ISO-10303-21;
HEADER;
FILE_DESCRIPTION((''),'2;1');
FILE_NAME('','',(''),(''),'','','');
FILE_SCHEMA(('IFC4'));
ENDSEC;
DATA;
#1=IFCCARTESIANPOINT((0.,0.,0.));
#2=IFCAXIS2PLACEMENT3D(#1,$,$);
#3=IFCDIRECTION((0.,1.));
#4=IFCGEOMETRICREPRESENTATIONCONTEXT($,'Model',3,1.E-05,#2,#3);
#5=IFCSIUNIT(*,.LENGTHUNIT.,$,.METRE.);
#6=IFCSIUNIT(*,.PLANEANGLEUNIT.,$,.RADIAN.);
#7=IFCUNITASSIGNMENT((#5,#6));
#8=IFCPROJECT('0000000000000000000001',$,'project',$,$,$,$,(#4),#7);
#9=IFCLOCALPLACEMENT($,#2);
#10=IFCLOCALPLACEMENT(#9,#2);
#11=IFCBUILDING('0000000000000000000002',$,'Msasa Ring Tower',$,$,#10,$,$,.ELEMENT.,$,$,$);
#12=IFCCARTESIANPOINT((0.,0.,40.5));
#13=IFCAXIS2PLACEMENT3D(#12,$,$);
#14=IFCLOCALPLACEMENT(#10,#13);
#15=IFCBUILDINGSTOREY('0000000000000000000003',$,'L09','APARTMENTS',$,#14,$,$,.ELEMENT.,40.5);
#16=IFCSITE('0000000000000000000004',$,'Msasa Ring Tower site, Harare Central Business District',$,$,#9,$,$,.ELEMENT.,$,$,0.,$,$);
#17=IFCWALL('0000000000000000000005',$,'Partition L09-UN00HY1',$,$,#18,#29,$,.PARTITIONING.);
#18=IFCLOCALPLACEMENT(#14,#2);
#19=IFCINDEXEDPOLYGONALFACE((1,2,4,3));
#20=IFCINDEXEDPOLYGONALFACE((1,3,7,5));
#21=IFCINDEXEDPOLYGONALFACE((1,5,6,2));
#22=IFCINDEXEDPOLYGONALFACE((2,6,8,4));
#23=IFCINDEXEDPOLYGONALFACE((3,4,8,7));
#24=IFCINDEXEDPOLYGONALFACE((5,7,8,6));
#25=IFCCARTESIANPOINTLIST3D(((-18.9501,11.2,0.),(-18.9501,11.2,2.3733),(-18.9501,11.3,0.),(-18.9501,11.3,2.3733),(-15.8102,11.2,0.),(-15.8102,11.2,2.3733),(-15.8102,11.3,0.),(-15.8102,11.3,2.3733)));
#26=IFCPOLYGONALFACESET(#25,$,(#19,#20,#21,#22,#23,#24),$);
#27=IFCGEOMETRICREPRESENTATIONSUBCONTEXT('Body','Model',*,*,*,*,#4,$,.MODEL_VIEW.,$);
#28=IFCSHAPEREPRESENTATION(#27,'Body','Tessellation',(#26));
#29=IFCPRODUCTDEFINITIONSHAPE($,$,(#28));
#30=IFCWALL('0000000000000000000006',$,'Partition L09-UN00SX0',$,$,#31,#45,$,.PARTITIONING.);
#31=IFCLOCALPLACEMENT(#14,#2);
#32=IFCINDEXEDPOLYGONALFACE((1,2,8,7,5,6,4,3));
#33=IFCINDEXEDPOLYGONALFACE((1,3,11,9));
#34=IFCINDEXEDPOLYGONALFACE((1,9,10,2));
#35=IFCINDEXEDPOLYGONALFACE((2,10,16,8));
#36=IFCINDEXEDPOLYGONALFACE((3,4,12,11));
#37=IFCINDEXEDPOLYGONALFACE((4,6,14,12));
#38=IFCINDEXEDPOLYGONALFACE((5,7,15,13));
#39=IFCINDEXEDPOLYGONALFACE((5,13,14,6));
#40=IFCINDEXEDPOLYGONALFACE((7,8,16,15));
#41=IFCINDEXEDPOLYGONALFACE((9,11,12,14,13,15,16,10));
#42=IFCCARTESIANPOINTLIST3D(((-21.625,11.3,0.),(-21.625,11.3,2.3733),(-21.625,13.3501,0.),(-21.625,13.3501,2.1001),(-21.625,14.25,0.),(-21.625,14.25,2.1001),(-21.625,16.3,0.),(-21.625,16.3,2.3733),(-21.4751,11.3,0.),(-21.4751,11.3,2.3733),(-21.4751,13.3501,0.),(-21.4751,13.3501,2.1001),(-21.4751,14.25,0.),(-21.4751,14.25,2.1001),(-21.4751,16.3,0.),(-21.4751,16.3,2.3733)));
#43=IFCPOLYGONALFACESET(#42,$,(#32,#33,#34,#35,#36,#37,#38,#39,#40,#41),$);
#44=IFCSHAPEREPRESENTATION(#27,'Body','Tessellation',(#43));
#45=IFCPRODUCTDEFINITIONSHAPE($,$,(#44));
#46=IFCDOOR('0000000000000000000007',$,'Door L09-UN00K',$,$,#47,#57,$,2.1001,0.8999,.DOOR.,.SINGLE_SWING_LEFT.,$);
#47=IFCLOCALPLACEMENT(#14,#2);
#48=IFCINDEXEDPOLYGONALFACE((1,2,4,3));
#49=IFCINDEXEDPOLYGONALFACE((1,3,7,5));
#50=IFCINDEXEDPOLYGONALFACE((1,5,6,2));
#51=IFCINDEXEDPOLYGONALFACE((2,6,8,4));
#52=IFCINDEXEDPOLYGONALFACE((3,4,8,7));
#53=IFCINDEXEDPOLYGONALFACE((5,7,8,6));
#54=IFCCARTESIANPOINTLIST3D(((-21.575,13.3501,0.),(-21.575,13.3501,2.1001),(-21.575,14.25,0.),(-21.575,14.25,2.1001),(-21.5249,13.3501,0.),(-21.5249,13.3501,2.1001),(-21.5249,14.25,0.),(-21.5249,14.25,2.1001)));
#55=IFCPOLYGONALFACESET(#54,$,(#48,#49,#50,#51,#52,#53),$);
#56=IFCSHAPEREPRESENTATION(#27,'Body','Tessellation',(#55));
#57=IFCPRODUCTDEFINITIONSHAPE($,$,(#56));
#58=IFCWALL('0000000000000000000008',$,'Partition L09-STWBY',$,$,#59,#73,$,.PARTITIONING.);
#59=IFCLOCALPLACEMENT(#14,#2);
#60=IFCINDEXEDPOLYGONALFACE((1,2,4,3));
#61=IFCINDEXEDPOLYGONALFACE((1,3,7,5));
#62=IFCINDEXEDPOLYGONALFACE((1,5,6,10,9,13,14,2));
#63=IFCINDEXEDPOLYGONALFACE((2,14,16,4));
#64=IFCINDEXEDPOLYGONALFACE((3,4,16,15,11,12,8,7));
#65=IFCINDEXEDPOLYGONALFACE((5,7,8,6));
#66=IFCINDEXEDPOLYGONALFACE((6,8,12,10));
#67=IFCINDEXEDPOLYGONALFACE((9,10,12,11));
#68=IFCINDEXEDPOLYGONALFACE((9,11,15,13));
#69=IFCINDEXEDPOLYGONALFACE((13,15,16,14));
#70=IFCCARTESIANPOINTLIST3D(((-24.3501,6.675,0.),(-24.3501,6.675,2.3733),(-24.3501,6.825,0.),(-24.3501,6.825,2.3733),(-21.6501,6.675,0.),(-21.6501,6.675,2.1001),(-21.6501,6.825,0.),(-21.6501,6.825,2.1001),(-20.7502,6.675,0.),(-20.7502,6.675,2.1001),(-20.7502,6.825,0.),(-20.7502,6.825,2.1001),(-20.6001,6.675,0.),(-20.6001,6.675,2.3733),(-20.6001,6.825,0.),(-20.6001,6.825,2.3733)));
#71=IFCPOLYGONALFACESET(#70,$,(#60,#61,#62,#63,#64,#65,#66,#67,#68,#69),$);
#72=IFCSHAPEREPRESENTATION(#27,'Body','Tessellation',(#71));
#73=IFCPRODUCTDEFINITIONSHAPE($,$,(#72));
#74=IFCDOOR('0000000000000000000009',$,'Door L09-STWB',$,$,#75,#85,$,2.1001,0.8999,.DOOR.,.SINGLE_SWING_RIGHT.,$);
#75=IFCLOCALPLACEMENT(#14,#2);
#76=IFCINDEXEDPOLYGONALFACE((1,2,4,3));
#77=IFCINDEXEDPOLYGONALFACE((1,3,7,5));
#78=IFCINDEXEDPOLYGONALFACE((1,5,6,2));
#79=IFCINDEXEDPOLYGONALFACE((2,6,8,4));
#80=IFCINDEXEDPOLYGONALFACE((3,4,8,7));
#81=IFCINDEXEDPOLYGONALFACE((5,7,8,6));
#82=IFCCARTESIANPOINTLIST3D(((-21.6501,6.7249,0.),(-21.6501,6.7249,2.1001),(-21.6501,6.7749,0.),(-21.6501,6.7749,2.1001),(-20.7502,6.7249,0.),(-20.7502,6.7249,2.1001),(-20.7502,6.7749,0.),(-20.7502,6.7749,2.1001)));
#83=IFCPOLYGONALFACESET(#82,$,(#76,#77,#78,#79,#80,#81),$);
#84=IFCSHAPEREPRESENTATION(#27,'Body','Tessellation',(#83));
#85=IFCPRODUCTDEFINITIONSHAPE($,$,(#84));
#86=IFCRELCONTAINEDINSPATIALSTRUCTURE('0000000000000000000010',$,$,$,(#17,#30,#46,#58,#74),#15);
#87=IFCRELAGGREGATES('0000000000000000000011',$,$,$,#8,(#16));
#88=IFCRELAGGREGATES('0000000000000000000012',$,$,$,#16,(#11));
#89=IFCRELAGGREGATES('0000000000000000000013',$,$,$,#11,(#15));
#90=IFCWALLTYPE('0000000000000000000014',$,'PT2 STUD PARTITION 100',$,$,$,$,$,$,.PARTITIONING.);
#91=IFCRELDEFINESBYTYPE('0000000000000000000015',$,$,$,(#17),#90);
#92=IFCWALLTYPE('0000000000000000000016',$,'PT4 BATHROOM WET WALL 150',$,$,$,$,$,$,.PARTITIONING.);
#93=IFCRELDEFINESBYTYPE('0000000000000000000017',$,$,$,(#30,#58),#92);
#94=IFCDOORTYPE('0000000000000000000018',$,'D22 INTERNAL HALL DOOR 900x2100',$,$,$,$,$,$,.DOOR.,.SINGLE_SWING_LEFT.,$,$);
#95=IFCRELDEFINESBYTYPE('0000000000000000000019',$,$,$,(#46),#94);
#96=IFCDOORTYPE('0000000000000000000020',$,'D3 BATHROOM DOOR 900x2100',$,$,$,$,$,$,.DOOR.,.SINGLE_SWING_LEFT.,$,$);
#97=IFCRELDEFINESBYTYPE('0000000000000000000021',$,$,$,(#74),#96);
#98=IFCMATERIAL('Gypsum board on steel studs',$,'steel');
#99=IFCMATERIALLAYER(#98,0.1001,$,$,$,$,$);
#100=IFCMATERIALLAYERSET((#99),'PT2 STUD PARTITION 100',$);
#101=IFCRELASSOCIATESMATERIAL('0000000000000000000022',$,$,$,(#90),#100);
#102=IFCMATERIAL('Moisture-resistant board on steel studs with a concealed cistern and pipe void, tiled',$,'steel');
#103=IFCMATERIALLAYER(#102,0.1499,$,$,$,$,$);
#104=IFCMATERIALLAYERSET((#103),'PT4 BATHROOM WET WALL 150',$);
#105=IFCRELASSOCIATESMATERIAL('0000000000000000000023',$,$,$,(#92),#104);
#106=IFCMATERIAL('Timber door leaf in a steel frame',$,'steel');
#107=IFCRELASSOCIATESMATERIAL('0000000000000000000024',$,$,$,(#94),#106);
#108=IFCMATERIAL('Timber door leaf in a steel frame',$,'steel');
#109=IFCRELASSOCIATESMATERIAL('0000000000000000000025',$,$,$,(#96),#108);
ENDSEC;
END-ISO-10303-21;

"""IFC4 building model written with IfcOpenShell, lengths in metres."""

from ifc_helpers import new_model, si_unit, direction, frame, frame_2d, origin, place, context, subcontext, project, spatial, rectangle, extrude, material, layer, layer_set, type_object, element, fill, save


model = new_model("IFC4")

# Units and contexts
model_context = context("Model", 3, precision=1e-05, world=origin(), true_north=direction((0.0, 1.0)))
body_context = subcontext(model_context, "Body", "Model", "MODEL_VIEW")
ifc_project = project(units=[si_unit("LENGTHUNIT", "METRE"), si_unit("PLANEANGLEUNIT", "RADIAN")], contexts=[model_context])

# Site, building, storey
site_placement = place(None, origin())
site = spatial("IfcSite", under=ifc_project, at=site_placement, Name="Msasa Ring Tower site, Harare Central Business District", CompositionType="ELEMENT", RefElevation=0.0)
building_placement = place(site_placement, origin())
building = spatial("IfcBuilding", under=site, at=building_placement, Name="Msasa Ring Tower", CompositionType="ELEMENT")
storey_placement = place(building_placement, frame((0.0, 0.0, 40.5)))
storey = spatial("IfcBuildingStorey", under=building, at=storey_placement, Name="L09", Description="APARTMENTS", CompositionType="ELEMENT", Elevation=40.5)

# Wall
ifc_material_1 = material(Name="Gypsum board on steel studs", Category="steel")
ifc_layer_1 = layer(ifc_material_1, 0.1001)
ifc_layer_set_1 = layer_set([ifc_layer_1], Name="PT2 STUD PARTITION 100")
wall_type_1 = type_object("IfcWallType", Name="PT2 STUD PARTITION 100", PredefinedType="PARTITIONING", material=ifc_layer_set_1)
wall_1_placement = place(storey_placement, frame((-18.95, 11.25, 0.0), z_axis=(0.0, 0.0, 1.0), x_axis=(1.0, 0.0, 0.0)))
element("IfcWall", 1, at=wall_1_placement, inside=storey, type_object=wall_type_1, Name="Partition L09-UN00HY1", PredefinedType="PARTITIONING", context=body_context, shape_type="SweptSolid", body=[
    extrude(rectangle(XDim=3.1399, YDim=0.1001, at=frame_2d((1.5698, 0.0))), origin(), (0.0, 0.0, 1.0), 2.3733),
])

# Walls, openings, doors
ifc_material_2 = material(Name="Moisture-resistant board on steel studs with a concealed cistern and pipe void, tiled", Category="steel")
ifc_layer_2 = layer(ifc_material_2, 0.1499)
ifc_layer_set_2 = layer_set([ifc_layer_2], Name="PT4 BATHROOM WET WALL 150")
wall_type_2 = type_object("IfcWallType", Name="PT4 BATHROOM WET WALL 150", PredefinedType="PARTITIONING", material=ifc_layer_set_2)
wall_2_placement = place(storey_placement, frame((-21.55, 11.3, 0.0), z_axis=(0.0, 0.0, 1.0), x_axis=(0.0, 1.0, 0.0)))
wall_2 = element("IfcWall", 2, at=wall_2_placement, inside=storey, type_object=wall_type_2, Name="Partition L09-UN00SX0", PredefinedType="PARTITIONING", context=body_context, shape_type="SweptSolid", body=[
    extrude(rectangle(XDim=5.0, YDim=0.1499, at=frame_2d((2.5, 0.0))), origin(), (0.0, 0.0, 1.0), 2.3733),
])
opening_1_placement = place(wall_2_placement, frame((2.05, 0.0, 0.0)))
opening_1 = element("IfcOpeningElement", 3, at=opening_1_placement, cuts=wall_2, PredefinedType="OPENING", context=body_context, shape_type="SweptSolid", body=[
    extrude(rectangle(XDim=0.8999, YDim=2.1001, at=frame_2d((0.45, 1.05))), frame((0.0, 0.085, 0.0), z_axis=(0.0, -1.0, 0.0), x_axis=(1.0, 0.0, 0.0)), (0.0, 0.0, 1.0), 0.1699),
])
ifc_material_3 = material(Name="Timber door leaf in a steel frame", Category="steel")
door_type_1 = type_object("IfcDoorType", Name="D22 INTERNAL HALL DOOR 900x2100", OperationType="SINGLE_SWING_LEFT", PredefinedType="DOOR", material=ifc_material_3)
door_1_placement = place(opening_1_placement, origin())
door_1 = element("IfcDoor", 4, at=door_1_placement, inside=storey, type_object=door_type_1, Name="Door L09-UN00K", OperationType="SINGLE_SWING_LEFT", OverallHeight=2.1001, OverallWidth=0.8999, PredefinedType="DOOR", context=body_context, shape_type="SweptSolid", body=[
    extrude(rectangle(XDim=0.8999, YDim=2.1001, at=frame_2d((0.45, 1.05))), frame((0.0, 0.0249, 0.0), z_axis=(0.0, -1.0, 0.0), x_axis=(1.0, 0.0, 0.0)), (0.0, 0.0, 1.0), 0.05),
])
fill(opening_1, door_1)
wall_3_placement = place(storey_placement, frame((-24.3501, 6.75, 0.0), z_axis=(0.0, 0.0, 1.0), x_axis=(1.0, 0.0, 0.0)))
wall_3 = element("IfcWall", 5, at=wall_3_placement, inside=storey, type_object=wall_type_2, Name="Partition L09-STWBY", PredefinedType="PARTITIONING", context=body_context, shape_type="SweptSolid", body=[
    extrude(rectangle(XDim=3.75, YDim=0.1499, at=frame_2d((1.875, 0.0))), origin(), (0.0, 0.0, 1.0), 2.3733),
])
opening_2_placement = place(wall_3_placement, frame((2.7, 0.0, 0.0)))
opening_2 = element("IfcOpeningElement", 6, at=opening_2_placement, cuts=wall_3, PredefinedType="OPENING", context=body_context, shape_type="SweptSolid", body=[
    extrude(rectangle(XDim=0.8999, YDim=2.1001, at=frame_2d((0.45, 1.05))), frame((0.0, 0.085, 0.0), z_axis=(0.0, -1.0, 0.0), x_axis=(1.0, 0.0, 0.0)), (0.0, 0.0, 1.0), 0.1699),
])
ifc_material_4 = material(Name="Timber door leaf in a steel frame", Category="steel")
door_type_2 = type_object("IfcDoorType", Name="D3 BATHROOM DOOR 900x2100", OperationType="SINGLE_SWING_LEFT", PredefinedType="DOOR", material=ifc_material_4)
door_2_placement = place(opening_2_placement, origin())
door_2 = element("IfcDoor", 7, at=door_2_placement, inside=storey, type_object=door_type_2, Name="Door L09-STWB", OperationType="SINGLE_SWING_RIGHT", OverallHeight=2.1001, OverallWidth=0.8999, PredefinedType="DOOR", context=body_context, shape_type="SweptSolid", body=[
    extrude(rectangle(XDim=0.8999, YDim=2.1001, at=frame_2d((0.45, 1.05))), frame((0.0, 0.0249, 0.0), z_axis=(0.0, -1.0, 0.0), x_axis=(1.0, 0.0, 0.0)), (0.0, 0.0, 1.0), 0.05),
])
fill(opening_2, door_2)

save(model, "model.ifc")
